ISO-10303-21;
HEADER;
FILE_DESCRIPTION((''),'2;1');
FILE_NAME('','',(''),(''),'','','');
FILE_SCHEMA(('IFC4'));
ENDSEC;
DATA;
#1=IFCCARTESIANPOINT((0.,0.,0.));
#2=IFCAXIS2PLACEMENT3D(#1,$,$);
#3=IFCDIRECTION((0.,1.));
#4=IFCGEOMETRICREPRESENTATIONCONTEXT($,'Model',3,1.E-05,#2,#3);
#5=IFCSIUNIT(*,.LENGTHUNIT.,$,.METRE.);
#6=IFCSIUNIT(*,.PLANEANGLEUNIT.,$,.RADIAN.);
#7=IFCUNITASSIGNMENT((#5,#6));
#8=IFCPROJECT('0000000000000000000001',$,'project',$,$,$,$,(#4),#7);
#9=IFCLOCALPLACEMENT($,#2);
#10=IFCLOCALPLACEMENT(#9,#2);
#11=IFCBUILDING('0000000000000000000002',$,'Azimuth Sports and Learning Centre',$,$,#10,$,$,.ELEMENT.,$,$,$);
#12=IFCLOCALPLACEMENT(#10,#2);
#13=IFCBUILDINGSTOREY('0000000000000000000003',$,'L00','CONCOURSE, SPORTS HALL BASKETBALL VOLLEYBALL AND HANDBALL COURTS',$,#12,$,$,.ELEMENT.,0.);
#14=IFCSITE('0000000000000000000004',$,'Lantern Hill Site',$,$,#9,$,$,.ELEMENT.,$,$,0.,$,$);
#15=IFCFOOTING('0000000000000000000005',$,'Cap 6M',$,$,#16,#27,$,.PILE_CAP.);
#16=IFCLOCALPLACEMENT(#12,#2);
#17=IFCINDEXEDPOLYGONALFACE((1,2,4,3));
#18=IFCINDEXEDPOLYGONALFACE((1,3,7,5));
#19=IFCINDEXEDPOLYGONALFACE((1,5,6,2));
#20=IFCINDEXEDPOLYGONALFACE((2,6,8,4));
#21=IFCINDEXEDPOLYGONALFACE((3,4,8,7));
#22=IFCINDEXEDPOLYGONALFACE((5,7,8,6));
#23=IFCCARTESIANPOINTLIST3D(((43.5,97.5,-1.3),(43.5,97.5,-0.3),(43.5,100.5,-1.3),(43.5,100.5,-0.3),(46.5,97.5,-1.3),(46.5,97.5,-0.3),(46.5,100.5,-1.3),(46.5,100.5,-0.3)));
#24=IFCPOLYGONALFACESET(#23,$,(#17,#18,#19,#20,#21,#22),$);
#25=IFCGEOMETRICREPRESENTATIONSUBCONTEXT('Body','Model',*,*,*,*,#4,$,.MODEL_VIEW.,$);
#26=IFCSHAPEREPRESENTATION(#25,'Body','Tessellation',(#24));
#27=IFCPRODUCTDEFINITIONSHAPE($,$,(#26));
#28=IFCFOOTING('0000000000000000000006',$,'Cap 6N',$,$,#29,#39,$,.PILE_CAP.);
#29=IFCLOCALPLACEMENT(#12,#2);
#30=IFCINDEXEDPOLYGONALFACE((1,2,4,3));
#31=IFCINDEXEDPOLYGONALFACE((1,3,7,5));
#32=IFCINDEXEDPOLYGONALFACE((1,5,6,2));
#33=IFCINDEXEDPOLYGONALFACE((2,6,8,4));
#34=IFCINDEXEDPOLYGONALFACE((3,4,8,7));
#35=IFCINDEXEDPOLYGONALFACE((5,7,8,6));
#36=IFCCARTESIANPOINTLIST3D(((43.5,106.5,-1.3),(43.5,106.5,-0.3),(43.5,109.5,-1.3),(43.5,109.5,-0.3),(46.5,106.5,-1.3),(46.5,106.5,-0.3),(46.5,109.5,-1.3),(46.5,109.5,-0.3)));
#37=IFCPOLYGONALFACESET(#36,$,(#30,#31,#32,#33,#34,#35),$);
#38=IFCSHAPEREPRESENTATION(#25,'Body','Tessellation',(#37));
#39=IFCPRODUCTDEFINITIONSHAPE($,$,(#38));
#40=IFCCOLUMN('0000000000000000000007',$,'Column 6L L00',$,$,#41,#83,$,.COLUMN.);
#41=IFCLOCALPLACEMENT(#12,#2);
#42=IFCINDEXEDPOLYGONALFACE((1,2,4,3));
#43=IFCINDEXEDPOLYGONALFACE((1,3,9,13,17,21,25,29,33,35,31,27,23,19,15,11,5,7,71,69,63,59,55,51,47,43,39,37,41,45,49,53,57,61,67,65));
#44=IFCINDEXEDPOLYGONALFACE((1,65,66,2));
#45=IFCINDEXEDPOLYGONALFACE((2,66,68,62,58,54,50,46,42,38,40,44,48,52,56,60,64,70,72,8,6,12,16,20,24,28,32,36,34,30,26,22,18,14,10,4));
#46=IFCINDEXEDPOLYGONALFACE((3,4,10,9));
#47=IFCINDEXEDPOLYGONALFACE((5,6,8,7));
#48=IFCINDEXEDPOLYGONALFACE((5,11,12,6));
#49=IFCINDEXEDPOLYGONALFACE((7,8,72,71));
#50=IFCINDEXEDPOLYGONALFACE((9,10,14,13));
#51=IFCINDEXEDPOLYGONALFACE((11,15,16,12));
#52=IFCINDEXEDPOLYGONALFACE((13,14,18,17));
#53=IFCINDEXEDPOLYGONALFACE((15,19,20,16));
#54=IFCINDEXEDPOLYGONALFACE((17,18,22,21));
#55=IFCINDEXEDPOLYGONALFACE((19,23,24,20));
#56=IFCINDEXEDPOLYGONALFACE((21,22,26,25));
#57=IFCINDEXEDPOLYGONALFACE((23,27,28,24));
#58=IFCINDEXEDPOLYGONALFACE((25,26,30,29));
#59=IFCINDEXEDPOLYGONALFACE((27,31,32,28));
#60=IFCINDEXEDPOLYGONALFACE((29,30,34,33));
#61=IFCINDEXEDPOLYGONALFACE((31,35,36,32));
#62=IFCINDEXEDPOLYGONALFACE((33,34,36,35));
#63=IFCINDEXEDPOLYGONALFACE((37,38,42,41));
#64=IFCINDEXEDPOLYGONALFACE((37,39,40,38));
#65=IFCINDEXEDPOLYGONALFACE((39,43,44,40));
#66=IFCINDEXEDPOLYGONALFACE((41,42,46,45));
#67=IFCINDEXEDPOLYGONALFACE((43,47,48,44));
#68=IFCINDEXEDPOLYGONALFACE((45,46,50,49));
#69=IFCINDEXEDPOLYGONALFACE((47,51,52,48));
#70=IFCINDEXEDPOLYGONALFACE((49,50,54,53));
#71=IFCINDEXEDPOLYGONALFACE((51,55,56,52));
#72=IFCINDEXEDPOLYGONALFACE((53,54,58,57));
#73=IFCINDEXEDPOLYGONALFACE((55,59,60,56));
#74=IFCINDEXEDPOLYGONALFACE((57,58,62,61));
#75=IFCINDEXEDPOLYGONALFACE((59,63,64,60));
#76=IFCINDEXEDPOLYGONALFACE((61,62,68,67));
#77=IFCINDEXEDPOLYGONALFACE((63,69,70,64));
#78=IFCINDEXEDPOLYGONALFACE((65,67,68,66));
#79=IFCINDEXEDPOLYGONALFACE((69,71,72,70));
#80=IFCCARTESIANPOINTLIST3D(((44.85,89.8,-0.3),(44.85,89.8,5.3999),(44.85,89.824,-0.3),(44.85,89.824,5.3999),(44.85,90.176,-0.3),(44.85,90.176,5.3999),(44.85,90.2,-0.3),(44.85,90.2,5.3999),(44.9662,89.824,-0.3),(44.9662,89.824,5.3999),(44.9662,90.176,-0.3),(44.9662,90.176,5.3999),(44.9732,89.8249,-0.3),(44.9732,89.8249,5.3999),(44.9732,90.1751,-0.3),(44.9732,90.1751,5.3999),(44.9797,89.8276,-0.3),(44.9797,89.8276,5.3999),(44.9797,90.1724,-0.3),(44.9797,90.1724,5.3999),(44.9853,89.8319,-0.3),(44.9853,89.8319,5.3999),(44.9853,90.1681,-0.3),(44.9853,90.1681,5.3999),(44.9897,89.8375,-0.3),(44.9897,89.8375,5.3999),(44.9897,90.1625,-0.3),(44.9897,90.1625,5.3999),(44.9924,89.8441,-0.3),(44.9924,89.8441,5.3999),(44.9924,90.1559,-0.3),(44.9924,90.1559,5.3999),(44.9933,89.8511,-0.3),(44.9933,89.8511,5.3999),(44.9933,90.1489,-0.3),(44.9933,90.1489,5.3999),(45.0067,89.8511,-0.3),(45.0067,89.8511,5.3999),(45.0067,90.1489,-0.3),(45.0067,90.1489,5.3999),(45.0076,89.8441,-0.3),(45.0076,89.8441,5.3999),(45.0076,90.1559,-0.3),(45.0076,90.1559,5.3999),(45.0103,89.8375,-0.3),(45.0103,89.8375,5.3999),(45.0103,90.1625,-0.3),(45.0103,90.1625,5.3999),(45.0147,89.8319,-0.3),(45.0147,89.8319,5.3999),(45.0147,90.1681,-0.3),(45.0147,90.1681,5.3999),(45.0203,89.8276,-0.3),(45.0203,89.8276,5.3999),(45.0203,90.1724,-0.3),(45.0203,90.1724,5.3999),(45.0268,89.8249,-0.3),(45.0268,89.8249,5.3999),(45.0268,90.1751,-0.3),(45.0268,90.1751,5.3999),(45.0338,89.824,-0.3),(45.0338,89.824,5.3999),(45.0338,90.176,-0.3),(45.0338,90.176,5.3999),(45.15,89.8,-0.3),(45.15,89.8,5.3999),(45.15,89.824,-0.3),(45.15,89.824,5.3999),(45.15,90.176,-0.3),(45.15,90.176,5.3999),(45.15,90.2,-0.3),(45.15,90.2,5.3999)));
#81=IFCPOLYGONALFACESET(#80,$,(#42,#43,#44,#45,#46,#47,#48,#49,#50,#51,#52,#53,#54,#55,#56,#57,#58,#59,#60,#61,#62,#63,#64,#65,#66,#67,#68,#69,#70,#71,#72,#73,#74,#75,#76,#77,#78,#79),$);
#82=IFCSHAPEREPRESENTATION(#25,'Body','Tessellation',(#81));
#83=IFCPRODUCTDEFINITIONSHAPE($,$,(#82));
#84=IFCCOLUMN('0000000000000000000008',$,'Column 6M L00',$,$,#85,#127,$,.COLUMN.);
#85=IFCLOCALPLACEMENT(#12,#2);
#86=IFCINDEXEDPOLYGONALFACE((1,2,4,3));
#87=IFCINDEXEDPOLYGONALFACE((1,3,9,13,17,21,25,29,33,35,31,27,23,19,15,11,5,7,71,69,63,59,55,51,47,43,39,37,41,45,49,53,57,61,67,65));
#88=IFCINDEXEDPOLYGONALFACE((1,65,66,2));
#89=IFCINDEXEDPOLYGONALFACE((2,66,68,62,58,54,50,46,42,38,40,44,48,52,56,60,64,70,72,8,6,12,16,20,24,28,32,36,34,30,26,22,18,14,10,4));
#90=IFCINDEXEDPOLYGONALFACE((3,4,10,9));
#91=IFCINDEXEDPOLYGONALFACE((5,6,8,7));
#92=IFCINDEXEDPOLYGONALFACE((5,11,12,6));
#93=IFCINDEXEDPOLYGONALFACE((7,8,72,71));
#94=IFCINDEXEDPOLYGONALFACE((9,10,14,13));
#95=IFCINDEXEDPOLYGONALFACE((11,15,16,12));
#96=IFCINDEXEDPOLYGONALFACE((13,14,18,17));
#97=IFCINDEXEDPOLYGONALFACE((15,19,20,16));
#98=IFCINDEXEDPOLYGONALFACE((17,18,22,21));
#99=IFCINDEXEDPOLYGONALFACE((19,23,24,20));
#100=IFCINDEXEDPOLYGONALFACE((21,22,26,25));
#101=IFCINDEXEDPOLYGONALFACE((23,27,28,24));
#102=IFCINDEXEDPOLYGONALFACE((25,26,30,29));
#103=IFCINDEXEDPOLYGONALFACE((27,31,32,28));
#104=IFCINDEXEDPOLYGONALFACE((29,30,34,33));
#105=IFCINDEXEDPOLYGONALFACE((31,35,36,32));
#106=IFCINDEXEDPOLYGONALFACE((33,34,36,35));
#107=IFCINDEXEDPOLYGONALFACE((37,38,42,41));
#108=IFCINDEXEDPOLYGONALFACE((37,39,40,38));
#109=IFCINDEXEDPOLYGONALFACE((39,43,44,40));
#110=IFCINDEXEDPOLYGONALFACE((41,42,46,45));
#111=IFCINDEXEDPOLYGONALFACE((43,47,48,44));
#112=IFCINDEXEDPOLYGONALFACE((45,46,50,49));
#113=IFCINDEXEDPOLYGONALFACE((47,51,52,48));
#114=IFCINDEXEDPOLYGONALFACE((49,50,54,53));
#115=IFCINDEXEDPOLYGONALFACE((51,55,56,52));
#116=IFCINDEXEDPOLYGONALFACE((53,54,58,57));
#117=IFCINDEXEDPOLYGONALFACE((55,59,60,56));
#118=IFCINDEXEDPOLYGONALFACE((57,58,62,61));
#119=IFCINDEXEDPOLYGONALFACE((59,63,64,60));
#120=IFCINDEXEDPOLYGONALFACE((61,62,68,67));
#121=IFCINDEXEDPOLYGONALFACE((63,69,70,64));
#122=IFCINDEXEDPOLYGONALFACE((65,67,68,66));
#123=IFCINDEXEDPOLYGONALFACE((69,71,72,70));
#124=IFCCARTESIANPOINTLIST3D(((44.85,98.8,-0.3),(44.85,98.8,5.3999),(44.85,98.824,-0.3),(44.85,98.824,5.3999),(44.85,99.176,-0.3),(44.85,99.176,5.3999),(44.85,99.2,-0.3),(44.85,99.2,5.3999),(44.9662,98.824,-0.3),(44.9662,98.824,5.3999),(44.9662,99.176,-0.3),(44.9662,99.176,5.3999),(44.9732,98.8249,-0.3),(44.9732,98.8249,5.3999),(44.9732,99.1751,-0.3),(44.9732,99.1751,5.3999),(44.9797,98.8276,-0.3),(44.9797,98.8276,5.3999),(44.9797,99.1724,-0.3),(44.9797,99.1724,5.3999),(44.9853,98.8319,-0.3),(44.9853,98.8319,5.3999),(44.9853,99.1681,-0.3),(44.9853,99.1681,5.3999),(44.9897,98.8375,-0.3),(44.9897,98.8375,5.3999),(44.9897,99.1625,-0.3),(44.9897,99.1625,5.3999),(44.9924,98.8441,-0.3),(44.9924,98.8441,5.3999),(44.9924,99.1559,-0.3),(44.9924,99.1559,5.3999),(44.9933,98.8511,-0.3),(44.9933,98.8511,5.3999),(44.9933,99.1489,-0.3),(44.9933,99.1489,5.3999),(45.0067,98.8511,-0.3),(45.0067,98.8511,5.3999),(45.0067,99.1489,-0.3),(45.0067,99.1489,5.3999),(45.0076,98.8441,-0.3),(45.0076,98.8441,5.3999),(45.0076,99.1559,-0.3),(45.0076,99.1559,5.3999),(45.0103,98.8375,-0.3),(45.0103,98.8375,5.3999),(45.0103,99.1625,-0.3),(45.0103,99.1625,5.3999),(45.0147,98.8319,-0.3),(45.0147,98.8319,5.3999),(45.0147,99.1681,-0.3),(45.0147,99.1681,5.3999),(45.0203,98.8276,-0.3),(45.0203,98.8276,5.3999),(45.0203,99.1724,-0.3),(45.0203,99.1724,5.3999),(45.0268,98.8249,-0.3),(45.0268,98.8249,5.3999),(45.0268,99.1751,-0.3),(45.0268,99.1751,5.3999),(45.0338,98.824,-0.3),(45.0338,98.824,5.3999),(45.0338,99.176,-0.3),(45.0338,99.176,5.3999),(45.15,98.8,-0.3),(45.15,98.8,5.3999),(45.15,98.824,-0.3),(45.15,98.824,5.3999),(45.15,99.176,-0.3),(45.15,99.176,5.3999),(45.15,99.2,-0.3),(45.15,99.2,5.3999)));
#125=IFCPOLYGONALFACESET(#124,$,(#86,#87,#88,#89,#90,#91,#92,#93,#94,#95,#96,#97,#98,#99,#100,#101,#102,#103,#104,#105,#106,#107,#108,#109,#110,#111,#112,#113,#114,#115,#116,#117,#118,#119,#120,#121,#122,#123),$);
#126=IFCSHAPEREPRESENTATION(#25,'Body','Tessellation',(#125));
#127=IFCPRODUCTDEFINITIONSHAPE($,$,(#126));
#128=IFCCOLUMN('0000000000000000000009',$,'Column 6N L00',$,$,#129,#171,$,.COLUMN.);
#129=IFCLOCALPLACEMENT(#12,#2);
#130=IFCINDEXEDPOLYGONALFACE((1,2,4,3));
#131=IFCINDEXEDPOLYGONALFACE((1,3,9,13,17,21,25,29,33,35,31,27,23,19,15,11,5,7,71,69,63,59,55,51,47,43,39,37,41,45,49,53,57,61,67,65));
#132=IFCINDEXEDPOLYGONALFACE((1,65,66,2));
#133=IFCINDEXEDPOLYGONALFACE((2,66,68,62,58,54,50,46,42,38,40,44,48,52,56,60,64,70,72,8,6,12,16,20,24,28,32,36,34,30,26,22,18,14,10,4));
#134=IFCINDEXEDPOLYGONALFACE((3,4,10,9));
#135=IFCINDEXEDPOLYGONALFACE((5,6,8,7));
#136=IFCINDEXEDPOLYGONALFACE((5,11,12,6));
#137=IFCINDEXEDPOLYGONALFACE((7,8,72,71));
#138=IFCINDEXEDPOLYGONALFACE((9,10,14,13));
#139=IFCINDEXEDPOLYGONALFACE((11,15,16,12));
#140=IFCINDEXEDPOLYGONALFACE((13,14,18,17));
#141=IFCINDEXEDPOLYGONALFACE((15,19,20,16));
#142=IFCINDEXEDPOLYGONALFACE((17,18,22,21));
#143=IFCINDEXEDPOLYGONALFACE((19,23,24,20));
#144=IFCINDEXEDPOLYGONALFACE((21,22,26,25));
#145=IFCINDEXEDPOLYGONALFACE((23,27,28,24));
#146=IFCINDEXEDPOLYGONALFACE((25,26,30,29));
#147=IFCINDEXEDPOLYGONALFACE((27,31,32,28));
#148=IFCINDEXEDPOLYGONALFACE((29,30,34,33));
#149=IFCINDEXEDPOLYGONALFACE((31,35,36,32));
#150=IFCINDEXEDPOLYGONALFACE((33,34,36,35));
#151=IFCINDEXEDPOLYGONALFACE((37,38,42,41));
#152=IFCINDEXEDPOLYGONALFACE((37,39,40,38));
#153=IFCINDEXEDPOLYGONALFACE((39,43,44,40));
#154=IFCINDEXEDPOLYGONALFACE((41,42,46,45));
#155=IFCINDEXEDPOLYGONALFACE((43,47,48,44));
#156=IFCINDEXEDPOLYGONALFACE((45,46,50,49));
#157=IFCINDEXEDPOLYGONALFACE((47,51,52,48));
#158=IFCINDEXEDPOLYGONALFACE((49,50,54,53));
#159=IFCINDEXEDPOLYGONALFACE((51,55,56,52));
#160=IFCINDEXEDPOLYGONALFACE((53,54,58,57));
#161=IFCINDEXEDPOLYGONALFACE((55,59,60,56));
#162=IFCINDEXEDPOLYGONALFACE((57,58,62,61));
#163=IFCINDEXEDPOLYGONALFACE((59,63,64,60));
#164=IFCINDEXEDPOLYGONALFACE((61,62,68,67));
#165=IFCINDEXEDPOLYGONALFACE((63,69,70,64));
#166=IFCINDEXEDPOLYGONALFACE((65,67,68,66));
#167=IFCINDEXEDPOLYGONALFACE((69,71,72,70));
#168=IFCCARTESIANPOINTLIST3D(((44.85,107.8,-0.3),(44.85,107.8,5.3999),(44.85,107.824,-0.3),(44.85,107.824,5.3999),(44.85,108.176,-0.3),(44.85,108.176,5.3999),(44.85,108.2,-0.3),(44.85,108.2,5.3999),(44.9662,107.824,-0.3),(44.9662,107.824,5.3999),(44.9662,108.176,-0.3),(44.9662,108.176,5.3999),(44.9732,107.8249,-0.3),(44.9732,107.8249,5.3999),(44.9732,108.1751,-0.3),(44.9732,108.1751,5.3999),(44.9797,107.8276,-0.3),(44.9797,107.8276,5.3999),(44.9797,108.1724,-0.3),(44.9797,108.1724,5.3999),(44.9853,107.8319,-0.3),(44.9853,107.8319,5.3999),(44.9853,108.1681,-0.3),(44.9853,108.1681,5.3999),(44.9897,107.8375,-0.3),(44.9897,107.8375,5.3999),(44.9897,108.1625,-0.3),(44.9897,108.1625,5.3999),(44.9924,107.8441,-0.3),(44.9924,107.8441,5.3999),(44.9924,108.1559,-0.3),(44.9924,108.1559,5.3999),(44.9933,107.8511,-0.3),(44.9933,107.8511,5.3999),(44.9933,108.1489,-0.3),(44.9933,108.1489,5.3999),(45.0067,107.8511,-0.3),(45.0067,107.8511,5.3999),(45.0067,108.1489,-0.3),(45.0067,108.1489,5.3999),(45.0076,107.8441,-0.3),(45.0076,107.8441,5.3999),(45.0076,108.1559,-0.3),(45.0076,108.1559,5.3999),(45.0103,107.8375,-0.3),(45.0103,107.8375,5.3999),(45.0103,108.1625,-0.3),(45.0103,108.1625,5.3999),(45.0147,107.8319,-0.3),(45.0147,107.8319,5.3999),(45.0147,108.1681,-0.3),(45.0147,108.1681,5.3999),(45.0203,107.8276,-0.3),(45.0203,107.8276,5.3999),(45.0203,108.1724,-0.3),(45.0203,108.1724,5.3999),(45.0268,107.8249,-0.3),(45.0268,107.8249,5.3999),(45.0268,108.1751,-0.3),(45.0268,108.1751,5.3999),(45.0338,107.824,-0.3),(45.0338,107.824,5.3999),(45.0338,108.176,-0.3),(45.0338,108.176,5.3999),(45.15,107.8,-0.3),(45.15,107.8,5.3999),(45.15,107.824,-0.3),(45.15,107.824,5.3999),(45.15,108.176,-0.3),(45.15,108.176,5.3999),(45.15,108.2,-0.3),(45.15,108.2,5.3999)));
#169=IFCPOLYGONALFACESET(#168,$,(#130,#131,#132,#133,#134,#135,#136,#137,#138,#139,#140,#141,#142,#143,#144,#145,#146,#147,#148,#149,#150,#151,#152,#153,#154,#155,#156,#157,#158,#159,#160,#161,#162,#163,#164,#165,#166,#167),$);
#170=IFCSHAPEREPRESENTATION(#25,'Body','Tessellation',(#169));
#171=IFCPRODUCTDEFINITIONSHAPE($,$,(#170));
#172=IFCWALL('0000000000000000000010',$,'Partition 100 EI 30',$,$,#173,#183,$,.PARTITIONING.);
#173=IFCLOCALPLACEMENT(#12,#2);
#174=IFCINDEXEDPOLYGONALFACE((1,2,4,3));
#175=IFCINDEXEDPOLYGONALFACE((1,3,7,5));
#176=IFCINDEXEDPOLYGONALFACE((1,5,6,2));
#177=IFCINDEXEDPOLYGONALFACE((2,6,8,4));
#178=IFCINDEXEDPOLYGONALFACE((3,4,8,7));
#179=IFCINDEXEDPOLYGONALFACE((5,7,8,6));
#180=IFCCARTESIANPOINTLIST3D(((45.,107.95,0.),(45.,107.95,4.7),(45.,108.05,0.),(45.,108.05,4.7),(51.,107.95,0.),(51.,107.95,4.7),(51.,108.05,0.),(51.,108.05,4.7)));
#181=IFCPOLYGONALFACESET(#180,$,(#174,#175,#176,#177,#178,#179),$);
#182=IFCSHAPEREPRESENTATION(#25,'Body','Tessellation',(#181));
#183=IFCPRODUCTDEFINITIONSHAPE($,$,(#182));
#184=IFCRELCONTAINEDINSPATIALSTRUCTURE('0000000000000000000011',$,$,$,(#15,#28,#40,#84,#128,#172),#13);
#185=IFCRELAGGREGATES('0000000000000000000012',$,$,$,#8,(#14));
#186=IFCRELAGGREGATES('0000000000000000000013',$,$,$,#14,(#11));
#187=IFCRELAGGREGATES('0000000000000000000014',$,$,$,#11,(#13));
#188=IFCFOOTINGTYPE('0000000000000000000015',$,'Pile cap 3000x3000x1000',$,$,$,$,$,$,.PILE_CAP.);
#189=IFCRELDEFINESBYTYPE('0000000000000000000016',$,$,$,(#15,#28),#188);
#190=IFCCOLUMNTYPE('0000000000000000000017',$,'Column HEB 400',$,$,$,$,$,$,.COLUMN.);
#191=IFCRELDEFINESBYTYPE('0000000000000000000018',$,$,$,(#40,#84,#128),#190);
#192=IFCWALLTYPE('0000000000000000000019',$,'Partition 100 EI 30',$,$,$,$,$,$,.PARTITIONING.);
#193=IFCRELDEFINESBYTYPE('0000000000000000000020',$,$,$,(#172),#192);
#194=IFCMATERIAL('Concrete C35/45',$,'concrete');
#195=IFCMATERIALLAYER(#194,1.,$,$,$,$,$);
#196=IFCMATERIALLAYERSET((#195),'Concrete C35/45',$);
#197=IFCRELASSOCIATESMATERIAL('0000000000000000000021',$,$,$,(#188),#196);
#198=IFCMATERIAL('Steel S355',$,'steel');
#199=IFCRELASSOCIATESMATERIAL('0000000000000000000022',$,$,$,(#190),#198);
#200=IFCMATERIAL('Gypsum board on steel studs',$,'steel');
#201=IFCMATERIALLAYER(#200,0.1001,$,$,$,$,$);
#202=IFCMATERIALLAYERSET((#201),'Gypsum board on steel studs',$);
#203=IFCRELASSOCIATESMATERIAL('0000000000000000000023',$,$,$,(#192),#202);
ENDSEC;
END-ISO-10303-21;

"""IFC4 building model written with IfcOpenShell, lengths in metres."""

from ifc_helpers import new_model, si_unit, direction, frame, frame_2d, origin, origin_2d, place, context, subcontext, project, spatial, rectangle, i_section, extrude, material, layer, layer_set, material_profile, profile_set, type_object, element, save


model = new_model("IFC4")

# Units and contexts
model_context = context("Model", 3, precision=1e-05, world=origin(), true_north=direction((0.0, 1.0)))
body_context = subcontext(model_context, "Body", "Model", "MODEL_VIEW")
ifc_project = project(units=[si_unit("LENGTHUNIT", "METRE"), si_unit("PLANEANGLEUNIT", "RADIAN")], contexts=[model_context])

# Site, building, storey
site_placement = place(None, origin())
site = spatial("IfcSite", under=ifc_project, at=site_placement, Name="Lantern Hill Site", CompositionType="ELEMENT", RefElevation=0.0)
building_placement = place(site_placement, origin())
building = spatial("IfcBuilding", under=site, at=building_placement, Name="Azimuth Sports and Learning Centre", CompositionType="ELEMENT")
storey_placement = place(building_placement, origin())
storey = spatial("IfcBuildingStorey", under=building, at=storey_placement, Name="L00", Description="CONCOURSE, SPORTS HALL BASKETBALL VOLLEYBALL AND HANDBALL COURTS", CompositionType="ELEMENT", Elevation=0.0)

# Footings
ifc_material_1 = material(Name="Concrete C35/45", Category="concrete")
ifc_layer_1 = layer(ifc_material_1, 1.0)
ifc_layer_set_1 = layer_set([ifc_layer_1], Name="Concrete C35/45")
footing_type_1 = type_object("IfcFootingType", Name="Pile cap 3000x3000x1000", PredefinedType="PILE_CAP", material=ifc_layer_set_1)
for number, where, z_axis, x_axis, name in (
    (1, (45.0, 99.0, -1.3), (0.0, 0.0, 1.0), (1.0, 0.0, 0.0), "Cap 6M"),
    (2, (45.0, 108.0, -1.3), (0.0, 0.0, 1.0), (1.0, 0.0, 0.0), "Cap 6N"),
):
    element("IfcFooting", number, at=place(storey_placement, frame(where, z_axis=z_axis, x_axis=x_axis)), inside=storey, type_object=footing_type_1, Name=name, PredefinedType="PILE_CAP", context=body_context, shape_type="SweptSolid", body=[
        extrude(rectangle(XDim=3.0, YDim=3.0, at=origin_2d()), origin(), (0.0, 0.0, 1.0), 1.0),
    ])

# Columns
ifc_material_2 = material(Name="Steel S355", Category="steel")
ifc_material_profile_1 = material_profile(ifc_material_2, i_section(OverallWidth=0.3, OverallDepth=0.3999, WebThickness=0.0134, FlangeThickness=0.0239, FilletRadius=0.0271, at=origin_2d()), Name="HEB 400")
ifc_profile_set_1 = profile_set([ifc_material_profile_1], Name="Steel S355")
column_type = type_object("IfcColumnType", Name="Column HEB 400", PredefinedType="COLUMN", material=ifc_profile_set_1)
for number, where, z_axis, x_axis, name in (
    (3, (45.0, 90.0, -0.3), (0.0, 0.0, 1.0), (1.0, 0.0, 0.0), "Column 6L L00"),
    (4, (45.0, 99.0, -0.3), (0.0, 0.0, 1.0), (1.0, 0.0, 0.0), "Column 6M L00"),
    (5, (45.0, 108.0, -0.3), (0.0, 0.0, 1.0), (1.0, 0.0, 0.0), "Column 6N L00"),
):
    element("IfcColumn", number, at=place(storey_placement, frame(where, z_axis=z_axis, x_axis=x_axis)), inside=storey, type_object=column_type, Name=name, PredefinedType="COLUMN", context=body_context, shape_type="SweptSolid", body=[
        extrude(i_section(OverallWidth=0.3, OverallDepth=0.3999, WebThickness=0.0134, FlangeThickness=0.0239, FilletRadius=0.0271, at=origin_2d()), origin(), (0.0, 0.0, 1.0), 5.7),
    ])

# Wall
ifc_material_3 = material(Name="Gypsum board on steel studs", Category="steel")
ifc_layer_2 = layer(ifc_material_3, 0.1001)
ifc_layer_set_2 = layer_set([ifc_layer_2], Name="Gypsum board on steel studs")
wall_type_1 = type_object("IfcWallType", Name="Partition 100 EI 30", PredefinedType="PARTITIONING", material=ifc_layer_set_2)
wall_1_placement = place(storey_placement, frame((45.0, 108.0, 0.0), z_axis=(0.0, 0.0, 1.0), x_axis=(1.0, 0.0, 0.0)))
element("IfcWall", 6, at=wall_1_placement, inside=storey, type_object=wall_type_1, Name="Partition 100 EI 30", PredefinedType="PARTITIONING", context=body_context, shape_type="SweptSolid", body=[
    extrude(rectangle(XDim=6.0, YDim=0.1001, at=frame_2d((3.0, 0.0))), origin(), (0.0, 0.0, 1.0), 4.7),
])

save(model, "model.ifc")
